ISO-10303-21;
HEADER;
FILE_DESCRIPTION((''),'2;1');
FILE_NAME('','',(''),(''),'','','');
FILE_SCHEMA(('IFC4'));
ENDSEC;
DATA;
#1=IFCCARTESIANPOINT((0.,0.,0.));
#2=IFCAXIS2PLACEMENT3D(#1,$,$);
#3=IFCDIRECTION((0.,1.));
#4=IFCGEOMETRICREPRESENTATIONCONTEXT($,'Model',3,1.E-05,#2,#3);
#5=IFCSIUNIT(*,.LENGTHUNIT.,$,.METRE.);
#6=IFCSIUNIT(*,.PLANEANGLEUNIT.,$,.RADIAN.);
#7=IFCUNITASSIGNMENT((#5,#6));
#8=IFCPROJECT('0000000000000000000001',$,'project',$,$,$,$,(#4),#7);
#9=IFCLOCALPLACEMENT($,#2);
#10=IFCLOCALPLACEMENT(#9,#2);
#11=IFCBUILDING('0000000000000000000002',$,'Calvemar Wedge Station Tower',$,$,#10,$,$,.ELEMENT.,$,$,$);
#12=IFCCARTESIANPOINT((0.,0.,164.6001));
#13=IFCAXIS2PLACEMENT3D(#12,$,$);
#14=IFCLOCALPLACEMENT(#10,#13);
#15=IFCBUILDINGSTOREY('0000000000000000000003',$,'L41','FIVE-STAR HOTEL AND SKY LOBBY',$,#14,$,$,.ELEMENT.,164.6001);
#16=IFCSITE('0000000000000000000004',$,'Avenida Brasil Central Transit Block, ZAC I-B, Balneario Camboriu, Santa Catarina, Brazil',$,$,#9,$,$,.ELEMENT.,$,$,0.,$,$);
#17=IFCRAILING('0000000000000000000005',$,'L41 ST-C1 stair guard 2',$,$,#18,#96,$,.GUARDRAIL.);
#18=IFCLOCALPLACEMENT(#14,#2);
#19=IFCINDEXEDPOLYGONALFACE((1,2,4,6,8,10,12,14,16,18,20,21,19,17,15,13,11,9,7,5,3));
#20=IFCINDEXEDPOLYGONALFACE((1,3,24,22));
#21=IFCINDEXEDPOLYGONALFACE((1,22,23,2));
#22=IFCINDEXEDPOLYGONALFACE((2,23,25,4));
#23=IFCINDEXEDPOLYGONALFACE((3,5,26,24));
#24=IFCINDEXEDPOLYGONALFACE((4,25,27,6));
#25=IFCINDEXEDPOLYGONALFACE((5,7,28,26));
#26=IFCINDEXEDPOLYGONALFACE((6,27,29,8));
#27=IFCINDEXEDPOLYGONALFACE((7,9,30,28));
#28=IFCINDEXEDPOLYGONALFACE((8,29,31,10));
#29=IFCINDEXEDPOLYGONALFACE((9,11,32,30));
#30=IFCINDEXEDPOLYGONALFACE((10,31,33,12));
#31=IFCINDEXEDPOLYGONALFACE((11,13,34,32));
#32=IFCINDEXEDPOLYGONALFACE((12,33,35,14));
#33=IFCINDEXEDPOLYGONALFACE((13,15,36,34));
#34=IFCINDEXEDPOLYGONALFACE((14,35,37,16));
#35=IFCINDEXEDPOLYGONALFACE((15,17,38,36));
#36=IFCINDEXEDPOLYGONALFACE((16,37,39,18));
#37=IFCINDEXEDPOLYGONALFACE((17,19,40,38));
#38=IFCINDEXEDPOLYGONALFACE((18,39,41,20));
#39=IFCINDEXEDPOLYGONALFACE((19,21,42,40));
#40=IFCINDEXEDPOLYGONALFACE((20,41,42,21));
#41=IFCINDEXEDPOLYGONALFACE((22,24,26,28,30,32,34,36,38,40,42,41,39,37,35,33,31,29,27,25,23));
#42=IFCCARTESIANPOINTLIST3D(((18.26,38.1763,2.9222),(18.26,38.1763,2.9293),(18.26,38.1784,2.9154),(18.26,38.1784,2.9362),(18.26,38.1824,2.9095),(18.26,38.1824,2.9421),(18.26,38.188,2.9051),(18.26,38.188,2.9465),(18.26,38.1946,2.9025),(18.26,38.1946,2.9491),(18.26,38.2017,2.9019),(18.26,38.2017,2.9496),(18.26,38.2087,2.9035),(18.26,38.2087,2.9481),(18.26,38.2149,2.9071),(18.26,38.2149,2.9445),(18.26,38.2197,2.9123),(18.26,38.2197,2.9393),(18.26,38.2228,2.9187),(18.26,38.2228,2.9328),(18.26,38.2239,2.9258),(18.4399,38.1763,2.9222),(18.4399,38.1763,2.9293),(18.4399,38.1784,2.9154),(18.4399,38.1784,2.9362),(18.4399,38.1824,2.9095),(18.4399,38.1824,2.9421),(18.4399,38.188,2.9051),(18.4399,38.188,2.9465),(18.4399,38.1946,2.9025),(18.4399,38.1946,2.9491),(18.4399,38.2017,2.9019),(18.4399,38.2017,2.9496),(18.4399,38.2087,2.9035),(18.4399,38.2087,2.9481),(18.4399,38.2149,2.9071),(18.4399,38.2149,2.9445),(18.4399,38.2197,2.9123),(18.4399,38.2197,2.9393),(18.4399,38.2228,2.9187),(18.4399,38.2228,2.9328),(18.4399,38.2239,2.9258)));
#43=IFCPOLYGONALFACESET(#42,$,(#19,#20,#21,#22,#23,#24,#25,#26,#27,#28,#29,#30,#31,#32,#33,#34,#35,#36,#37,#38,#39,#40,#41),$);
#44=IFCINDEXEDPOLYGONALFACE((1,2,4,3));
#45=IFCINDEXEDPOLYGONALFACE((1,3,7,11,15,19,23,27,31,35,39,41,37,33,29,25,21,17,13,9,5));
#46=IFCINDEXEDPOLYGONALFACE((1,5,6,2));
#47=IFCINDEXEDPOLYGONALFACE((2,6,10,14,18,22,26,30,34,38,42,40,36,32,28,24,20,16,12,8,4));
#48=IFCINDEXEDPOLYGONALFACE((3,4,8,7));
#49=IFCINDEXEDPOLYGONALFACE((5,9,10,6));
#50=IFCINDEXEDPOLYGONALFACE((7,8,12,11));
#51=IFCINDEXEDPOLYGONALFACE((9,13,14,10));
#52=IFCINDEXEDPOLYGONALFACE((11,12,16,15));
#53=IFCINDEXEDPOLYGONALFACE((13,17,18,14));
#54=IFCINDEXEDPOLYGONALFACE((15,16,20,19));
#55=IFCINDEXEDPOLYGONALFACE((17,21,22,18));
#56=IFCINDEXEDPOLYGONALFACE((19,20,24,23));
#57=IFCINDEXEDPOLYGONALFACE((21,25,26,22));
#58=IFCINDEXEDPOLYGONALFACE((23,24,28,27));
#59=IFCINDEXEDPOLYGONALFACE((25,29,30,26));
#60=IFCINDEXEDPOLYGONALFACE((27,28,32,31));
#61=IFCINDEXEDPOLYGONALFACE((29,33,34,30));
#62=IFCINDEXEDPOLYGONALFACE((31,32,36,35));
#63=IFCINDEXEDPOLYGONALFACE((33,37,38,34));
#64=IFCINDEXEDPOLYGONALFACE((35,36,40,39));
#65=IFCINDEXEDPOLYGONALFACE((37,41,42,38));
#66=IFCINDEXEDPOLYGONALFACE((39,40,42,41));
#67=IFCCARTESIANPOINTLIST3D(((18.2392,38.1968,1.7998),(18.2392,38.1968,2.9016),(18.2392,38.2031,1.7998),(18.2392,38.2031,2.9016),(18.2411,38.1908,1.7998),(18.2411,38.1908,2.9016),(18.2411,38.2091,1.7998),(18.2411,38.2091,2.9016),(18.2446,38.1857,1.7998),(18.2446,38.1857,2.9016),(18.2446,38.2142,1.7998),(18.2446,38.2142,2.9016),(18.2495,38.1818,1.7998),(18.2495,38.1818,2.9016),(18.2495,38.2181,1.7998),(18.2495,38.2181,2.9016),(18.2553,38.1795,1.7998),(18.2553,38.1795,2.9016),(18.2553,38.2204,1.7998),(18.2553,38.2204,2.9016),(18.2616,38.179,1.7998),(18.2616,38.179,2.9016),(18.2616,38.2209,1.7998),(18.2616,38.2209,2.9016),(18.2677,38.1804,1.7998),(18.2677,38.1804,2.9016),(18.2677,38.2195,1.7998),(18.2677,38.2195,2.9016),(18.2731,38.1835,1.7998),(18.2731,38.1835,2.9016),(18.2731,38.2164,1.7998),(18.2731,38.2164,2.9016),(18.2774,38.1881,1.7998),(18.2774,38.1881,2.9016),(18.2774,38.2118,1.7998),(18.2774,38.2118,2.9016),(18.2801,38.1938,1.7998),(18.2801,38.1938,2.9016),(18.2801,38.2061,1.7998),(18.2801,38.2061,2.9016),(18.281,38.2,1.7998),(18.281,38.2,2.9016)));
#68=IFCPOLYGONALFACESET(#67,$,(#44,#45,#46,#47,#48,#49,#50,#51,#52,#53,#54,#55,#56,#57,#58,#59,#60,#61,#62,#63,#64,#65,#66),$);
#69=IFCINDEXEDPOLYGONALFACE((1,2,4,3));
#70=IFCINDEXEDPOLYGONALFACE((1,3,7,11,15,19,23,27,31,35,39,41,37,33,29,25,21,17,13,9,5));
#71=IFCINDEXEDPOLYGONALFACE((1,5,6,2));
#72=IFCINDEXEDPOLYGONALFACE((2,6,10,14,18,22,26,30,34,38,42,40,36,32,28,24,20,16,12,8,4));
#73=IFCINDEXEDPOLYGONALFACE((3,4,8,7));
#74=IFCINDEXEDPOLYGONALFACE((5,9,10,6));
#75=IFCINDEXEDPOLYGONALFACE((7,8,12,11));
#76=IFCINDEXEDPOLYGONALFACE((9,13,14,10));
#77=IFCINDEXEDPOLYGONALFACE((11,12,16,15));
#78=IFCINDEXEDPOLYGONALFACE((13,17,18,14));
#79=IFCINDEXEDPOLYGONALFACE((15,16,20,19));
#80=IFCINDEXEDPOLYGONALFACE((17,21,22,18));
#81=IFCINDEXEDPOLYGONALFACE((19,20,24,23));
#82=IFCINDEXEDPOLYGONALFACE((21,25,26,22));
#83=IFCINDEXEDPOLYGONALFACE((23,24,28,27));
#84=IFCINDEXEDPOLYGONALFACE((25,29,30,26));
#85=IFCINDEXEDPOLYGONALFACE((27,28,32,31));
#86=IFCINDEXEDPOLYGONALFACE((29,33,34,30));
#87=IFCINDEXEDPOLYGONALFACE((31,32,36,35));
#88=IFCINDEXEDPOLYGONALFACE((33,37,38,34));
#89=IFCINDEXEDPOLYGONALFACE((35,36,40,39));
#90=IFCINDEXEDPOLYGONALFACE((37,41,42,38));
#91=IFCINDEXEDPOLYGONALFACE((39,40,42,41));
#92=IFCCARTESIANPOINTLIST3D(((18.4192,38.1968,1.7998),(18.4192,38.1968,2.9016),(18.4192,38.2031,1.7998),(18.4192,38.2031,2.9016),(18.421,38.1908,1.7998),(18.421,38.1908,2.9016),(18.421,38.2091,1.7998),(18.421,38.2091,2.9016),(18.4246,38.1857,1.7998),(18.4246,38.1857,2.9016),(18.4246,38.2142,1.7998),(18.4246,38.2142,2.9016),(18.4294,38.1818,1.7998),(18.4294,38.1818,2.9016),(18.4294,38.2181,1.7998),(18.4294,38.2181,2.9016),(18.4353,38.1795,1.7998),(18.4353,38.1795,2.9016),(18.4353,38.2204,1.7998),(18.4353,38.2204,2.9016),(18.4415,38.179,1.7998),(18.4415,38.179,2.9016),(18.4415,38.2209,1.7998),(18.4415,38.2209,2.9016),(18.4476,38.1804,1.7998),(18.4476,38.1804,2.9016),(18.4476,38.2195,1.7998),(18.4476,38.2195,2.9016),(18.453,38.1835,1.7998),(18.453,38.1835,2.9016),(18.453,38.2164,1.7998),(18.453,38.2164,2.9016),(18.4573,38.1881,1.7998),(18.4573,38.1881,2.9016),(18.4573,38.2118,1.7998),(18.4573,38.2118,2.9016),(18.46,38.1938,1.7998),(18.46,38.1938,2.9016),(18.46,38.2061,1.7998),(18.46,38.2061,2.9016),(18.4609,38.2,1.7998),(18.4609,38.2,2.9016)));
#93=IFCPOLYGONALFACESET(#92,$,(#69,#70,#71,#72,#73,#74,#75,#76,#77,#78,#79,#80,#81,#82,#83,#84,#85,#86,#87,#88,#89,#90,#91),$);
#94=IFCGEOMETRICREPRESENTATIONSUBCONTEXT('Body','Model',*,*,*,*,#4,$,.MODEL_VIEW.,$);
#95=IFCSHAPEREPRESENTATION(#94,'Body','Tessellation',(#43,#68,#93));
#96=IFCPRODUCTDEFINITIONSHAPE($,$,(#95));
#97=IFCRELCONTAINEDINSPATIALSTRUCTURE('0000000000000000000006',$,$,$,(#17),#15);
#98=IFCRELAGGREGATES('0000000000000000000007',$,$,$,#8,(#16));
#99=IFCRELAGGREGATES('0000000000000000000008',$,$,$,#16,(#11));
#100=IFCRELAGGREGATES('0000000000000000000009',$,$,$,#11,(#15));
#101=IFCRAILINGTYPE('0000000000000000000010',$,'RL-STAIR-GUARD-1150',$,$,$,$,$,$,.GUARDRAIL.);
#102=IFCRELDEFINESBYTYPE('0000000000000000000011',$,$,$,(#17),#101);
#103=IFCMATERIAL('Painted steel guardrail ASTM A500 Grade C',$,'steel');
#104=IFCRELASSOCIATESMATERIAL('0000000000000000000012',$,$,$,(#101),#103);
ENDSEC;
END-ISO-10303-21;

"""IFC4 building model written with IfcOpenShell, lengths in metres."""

from ifc_helpers import new_model, si_unit, direction, frame, origin, origin_2d, place, context, subcontext, project, spatial, circle, extrude, material, type_object, element, save


model = new_model("IFC4")

# Units and contexts
model_context = context("Model", 3, precision=1e-05, world=origin(), true_north=direction((0.0, 1.0)))
body_context = subcontext(model_context, "Body", "Model", "MODEL_VIEW")
ifc_project = project(units=[si_unit("LENGTHUNIT", "METRE"), si_unit("PLANEANGLEUNIT", "RADIAN")], contexts=[model_context])

# Site, building, storey
site_placement = place(None, origin())
site = spatial("IfcSite", under=ifc_project, at=site_placement, Name="Avenida Brasil Central Transit Block, ZAC I-B, Balneario Camboriu, Santa Catarina, Brazil", CompositionType="ELEMENT", RefElevation=0.0)
building_placement = place(site_placement, origin())
building = spatial("IfcBuilding", under=site, at=building_placement, Name="Calvemar Wedge Station Tower", CompositionType="ELEMENT")
storey_placement = place(building_placement, frame((0.0, 0.0, 164.6001)))
storey = spatial("IfcBuildingStorey", under=building, at=storey_placement, Name="L41", Description="FIVE-STAR HOTEL AND SKY LOBBY", CompositionType="ELEMENT", Elevation=164.6001)

# Railing
ifc_material_1 = material(Name="Painted steel guardrail ASTM A500 Grade C", Category="steel")
railing_type_1 = type_object("IfcRailingType", Name="RL-STAIR-GUARD-1150", PredefinedType="GUARDRAIL", material=ifc_material_1)
railing_1_placement = place(storey_placement, frame((18.26, 38.2, 1.7998)))
element("IfcRailing", 1, at=railing_1_placement, inside=storey, type_object=railing_type_1, Name="L41 ST-C1 stair guard 2", PredefinedType="GUARDRAIL", context=body_context, shape_type="SweptSolid", body=[
    extrude(circle(Radius=0.0239, at=origin_2d()), frame((0.0, 0.0, 1.126), z_axis=(1.0, 0.0, 0.0), x_axis=(0.0, 1.0, 0.0)), (0.0, 0.0, 1.0), 0.1799),
    extrude(circle(Radius=0.021, at=origin_2d()), origin(), (0.0, 0.0, 1.0), 1.1018),
    extrude(circle(Radius=0.021, at=origin_2d()), frame((0.1799, 0.0, 0.0)), (0.0, 0.0, 1.0), 1.1018),
])

save(model, "model.ifc")
